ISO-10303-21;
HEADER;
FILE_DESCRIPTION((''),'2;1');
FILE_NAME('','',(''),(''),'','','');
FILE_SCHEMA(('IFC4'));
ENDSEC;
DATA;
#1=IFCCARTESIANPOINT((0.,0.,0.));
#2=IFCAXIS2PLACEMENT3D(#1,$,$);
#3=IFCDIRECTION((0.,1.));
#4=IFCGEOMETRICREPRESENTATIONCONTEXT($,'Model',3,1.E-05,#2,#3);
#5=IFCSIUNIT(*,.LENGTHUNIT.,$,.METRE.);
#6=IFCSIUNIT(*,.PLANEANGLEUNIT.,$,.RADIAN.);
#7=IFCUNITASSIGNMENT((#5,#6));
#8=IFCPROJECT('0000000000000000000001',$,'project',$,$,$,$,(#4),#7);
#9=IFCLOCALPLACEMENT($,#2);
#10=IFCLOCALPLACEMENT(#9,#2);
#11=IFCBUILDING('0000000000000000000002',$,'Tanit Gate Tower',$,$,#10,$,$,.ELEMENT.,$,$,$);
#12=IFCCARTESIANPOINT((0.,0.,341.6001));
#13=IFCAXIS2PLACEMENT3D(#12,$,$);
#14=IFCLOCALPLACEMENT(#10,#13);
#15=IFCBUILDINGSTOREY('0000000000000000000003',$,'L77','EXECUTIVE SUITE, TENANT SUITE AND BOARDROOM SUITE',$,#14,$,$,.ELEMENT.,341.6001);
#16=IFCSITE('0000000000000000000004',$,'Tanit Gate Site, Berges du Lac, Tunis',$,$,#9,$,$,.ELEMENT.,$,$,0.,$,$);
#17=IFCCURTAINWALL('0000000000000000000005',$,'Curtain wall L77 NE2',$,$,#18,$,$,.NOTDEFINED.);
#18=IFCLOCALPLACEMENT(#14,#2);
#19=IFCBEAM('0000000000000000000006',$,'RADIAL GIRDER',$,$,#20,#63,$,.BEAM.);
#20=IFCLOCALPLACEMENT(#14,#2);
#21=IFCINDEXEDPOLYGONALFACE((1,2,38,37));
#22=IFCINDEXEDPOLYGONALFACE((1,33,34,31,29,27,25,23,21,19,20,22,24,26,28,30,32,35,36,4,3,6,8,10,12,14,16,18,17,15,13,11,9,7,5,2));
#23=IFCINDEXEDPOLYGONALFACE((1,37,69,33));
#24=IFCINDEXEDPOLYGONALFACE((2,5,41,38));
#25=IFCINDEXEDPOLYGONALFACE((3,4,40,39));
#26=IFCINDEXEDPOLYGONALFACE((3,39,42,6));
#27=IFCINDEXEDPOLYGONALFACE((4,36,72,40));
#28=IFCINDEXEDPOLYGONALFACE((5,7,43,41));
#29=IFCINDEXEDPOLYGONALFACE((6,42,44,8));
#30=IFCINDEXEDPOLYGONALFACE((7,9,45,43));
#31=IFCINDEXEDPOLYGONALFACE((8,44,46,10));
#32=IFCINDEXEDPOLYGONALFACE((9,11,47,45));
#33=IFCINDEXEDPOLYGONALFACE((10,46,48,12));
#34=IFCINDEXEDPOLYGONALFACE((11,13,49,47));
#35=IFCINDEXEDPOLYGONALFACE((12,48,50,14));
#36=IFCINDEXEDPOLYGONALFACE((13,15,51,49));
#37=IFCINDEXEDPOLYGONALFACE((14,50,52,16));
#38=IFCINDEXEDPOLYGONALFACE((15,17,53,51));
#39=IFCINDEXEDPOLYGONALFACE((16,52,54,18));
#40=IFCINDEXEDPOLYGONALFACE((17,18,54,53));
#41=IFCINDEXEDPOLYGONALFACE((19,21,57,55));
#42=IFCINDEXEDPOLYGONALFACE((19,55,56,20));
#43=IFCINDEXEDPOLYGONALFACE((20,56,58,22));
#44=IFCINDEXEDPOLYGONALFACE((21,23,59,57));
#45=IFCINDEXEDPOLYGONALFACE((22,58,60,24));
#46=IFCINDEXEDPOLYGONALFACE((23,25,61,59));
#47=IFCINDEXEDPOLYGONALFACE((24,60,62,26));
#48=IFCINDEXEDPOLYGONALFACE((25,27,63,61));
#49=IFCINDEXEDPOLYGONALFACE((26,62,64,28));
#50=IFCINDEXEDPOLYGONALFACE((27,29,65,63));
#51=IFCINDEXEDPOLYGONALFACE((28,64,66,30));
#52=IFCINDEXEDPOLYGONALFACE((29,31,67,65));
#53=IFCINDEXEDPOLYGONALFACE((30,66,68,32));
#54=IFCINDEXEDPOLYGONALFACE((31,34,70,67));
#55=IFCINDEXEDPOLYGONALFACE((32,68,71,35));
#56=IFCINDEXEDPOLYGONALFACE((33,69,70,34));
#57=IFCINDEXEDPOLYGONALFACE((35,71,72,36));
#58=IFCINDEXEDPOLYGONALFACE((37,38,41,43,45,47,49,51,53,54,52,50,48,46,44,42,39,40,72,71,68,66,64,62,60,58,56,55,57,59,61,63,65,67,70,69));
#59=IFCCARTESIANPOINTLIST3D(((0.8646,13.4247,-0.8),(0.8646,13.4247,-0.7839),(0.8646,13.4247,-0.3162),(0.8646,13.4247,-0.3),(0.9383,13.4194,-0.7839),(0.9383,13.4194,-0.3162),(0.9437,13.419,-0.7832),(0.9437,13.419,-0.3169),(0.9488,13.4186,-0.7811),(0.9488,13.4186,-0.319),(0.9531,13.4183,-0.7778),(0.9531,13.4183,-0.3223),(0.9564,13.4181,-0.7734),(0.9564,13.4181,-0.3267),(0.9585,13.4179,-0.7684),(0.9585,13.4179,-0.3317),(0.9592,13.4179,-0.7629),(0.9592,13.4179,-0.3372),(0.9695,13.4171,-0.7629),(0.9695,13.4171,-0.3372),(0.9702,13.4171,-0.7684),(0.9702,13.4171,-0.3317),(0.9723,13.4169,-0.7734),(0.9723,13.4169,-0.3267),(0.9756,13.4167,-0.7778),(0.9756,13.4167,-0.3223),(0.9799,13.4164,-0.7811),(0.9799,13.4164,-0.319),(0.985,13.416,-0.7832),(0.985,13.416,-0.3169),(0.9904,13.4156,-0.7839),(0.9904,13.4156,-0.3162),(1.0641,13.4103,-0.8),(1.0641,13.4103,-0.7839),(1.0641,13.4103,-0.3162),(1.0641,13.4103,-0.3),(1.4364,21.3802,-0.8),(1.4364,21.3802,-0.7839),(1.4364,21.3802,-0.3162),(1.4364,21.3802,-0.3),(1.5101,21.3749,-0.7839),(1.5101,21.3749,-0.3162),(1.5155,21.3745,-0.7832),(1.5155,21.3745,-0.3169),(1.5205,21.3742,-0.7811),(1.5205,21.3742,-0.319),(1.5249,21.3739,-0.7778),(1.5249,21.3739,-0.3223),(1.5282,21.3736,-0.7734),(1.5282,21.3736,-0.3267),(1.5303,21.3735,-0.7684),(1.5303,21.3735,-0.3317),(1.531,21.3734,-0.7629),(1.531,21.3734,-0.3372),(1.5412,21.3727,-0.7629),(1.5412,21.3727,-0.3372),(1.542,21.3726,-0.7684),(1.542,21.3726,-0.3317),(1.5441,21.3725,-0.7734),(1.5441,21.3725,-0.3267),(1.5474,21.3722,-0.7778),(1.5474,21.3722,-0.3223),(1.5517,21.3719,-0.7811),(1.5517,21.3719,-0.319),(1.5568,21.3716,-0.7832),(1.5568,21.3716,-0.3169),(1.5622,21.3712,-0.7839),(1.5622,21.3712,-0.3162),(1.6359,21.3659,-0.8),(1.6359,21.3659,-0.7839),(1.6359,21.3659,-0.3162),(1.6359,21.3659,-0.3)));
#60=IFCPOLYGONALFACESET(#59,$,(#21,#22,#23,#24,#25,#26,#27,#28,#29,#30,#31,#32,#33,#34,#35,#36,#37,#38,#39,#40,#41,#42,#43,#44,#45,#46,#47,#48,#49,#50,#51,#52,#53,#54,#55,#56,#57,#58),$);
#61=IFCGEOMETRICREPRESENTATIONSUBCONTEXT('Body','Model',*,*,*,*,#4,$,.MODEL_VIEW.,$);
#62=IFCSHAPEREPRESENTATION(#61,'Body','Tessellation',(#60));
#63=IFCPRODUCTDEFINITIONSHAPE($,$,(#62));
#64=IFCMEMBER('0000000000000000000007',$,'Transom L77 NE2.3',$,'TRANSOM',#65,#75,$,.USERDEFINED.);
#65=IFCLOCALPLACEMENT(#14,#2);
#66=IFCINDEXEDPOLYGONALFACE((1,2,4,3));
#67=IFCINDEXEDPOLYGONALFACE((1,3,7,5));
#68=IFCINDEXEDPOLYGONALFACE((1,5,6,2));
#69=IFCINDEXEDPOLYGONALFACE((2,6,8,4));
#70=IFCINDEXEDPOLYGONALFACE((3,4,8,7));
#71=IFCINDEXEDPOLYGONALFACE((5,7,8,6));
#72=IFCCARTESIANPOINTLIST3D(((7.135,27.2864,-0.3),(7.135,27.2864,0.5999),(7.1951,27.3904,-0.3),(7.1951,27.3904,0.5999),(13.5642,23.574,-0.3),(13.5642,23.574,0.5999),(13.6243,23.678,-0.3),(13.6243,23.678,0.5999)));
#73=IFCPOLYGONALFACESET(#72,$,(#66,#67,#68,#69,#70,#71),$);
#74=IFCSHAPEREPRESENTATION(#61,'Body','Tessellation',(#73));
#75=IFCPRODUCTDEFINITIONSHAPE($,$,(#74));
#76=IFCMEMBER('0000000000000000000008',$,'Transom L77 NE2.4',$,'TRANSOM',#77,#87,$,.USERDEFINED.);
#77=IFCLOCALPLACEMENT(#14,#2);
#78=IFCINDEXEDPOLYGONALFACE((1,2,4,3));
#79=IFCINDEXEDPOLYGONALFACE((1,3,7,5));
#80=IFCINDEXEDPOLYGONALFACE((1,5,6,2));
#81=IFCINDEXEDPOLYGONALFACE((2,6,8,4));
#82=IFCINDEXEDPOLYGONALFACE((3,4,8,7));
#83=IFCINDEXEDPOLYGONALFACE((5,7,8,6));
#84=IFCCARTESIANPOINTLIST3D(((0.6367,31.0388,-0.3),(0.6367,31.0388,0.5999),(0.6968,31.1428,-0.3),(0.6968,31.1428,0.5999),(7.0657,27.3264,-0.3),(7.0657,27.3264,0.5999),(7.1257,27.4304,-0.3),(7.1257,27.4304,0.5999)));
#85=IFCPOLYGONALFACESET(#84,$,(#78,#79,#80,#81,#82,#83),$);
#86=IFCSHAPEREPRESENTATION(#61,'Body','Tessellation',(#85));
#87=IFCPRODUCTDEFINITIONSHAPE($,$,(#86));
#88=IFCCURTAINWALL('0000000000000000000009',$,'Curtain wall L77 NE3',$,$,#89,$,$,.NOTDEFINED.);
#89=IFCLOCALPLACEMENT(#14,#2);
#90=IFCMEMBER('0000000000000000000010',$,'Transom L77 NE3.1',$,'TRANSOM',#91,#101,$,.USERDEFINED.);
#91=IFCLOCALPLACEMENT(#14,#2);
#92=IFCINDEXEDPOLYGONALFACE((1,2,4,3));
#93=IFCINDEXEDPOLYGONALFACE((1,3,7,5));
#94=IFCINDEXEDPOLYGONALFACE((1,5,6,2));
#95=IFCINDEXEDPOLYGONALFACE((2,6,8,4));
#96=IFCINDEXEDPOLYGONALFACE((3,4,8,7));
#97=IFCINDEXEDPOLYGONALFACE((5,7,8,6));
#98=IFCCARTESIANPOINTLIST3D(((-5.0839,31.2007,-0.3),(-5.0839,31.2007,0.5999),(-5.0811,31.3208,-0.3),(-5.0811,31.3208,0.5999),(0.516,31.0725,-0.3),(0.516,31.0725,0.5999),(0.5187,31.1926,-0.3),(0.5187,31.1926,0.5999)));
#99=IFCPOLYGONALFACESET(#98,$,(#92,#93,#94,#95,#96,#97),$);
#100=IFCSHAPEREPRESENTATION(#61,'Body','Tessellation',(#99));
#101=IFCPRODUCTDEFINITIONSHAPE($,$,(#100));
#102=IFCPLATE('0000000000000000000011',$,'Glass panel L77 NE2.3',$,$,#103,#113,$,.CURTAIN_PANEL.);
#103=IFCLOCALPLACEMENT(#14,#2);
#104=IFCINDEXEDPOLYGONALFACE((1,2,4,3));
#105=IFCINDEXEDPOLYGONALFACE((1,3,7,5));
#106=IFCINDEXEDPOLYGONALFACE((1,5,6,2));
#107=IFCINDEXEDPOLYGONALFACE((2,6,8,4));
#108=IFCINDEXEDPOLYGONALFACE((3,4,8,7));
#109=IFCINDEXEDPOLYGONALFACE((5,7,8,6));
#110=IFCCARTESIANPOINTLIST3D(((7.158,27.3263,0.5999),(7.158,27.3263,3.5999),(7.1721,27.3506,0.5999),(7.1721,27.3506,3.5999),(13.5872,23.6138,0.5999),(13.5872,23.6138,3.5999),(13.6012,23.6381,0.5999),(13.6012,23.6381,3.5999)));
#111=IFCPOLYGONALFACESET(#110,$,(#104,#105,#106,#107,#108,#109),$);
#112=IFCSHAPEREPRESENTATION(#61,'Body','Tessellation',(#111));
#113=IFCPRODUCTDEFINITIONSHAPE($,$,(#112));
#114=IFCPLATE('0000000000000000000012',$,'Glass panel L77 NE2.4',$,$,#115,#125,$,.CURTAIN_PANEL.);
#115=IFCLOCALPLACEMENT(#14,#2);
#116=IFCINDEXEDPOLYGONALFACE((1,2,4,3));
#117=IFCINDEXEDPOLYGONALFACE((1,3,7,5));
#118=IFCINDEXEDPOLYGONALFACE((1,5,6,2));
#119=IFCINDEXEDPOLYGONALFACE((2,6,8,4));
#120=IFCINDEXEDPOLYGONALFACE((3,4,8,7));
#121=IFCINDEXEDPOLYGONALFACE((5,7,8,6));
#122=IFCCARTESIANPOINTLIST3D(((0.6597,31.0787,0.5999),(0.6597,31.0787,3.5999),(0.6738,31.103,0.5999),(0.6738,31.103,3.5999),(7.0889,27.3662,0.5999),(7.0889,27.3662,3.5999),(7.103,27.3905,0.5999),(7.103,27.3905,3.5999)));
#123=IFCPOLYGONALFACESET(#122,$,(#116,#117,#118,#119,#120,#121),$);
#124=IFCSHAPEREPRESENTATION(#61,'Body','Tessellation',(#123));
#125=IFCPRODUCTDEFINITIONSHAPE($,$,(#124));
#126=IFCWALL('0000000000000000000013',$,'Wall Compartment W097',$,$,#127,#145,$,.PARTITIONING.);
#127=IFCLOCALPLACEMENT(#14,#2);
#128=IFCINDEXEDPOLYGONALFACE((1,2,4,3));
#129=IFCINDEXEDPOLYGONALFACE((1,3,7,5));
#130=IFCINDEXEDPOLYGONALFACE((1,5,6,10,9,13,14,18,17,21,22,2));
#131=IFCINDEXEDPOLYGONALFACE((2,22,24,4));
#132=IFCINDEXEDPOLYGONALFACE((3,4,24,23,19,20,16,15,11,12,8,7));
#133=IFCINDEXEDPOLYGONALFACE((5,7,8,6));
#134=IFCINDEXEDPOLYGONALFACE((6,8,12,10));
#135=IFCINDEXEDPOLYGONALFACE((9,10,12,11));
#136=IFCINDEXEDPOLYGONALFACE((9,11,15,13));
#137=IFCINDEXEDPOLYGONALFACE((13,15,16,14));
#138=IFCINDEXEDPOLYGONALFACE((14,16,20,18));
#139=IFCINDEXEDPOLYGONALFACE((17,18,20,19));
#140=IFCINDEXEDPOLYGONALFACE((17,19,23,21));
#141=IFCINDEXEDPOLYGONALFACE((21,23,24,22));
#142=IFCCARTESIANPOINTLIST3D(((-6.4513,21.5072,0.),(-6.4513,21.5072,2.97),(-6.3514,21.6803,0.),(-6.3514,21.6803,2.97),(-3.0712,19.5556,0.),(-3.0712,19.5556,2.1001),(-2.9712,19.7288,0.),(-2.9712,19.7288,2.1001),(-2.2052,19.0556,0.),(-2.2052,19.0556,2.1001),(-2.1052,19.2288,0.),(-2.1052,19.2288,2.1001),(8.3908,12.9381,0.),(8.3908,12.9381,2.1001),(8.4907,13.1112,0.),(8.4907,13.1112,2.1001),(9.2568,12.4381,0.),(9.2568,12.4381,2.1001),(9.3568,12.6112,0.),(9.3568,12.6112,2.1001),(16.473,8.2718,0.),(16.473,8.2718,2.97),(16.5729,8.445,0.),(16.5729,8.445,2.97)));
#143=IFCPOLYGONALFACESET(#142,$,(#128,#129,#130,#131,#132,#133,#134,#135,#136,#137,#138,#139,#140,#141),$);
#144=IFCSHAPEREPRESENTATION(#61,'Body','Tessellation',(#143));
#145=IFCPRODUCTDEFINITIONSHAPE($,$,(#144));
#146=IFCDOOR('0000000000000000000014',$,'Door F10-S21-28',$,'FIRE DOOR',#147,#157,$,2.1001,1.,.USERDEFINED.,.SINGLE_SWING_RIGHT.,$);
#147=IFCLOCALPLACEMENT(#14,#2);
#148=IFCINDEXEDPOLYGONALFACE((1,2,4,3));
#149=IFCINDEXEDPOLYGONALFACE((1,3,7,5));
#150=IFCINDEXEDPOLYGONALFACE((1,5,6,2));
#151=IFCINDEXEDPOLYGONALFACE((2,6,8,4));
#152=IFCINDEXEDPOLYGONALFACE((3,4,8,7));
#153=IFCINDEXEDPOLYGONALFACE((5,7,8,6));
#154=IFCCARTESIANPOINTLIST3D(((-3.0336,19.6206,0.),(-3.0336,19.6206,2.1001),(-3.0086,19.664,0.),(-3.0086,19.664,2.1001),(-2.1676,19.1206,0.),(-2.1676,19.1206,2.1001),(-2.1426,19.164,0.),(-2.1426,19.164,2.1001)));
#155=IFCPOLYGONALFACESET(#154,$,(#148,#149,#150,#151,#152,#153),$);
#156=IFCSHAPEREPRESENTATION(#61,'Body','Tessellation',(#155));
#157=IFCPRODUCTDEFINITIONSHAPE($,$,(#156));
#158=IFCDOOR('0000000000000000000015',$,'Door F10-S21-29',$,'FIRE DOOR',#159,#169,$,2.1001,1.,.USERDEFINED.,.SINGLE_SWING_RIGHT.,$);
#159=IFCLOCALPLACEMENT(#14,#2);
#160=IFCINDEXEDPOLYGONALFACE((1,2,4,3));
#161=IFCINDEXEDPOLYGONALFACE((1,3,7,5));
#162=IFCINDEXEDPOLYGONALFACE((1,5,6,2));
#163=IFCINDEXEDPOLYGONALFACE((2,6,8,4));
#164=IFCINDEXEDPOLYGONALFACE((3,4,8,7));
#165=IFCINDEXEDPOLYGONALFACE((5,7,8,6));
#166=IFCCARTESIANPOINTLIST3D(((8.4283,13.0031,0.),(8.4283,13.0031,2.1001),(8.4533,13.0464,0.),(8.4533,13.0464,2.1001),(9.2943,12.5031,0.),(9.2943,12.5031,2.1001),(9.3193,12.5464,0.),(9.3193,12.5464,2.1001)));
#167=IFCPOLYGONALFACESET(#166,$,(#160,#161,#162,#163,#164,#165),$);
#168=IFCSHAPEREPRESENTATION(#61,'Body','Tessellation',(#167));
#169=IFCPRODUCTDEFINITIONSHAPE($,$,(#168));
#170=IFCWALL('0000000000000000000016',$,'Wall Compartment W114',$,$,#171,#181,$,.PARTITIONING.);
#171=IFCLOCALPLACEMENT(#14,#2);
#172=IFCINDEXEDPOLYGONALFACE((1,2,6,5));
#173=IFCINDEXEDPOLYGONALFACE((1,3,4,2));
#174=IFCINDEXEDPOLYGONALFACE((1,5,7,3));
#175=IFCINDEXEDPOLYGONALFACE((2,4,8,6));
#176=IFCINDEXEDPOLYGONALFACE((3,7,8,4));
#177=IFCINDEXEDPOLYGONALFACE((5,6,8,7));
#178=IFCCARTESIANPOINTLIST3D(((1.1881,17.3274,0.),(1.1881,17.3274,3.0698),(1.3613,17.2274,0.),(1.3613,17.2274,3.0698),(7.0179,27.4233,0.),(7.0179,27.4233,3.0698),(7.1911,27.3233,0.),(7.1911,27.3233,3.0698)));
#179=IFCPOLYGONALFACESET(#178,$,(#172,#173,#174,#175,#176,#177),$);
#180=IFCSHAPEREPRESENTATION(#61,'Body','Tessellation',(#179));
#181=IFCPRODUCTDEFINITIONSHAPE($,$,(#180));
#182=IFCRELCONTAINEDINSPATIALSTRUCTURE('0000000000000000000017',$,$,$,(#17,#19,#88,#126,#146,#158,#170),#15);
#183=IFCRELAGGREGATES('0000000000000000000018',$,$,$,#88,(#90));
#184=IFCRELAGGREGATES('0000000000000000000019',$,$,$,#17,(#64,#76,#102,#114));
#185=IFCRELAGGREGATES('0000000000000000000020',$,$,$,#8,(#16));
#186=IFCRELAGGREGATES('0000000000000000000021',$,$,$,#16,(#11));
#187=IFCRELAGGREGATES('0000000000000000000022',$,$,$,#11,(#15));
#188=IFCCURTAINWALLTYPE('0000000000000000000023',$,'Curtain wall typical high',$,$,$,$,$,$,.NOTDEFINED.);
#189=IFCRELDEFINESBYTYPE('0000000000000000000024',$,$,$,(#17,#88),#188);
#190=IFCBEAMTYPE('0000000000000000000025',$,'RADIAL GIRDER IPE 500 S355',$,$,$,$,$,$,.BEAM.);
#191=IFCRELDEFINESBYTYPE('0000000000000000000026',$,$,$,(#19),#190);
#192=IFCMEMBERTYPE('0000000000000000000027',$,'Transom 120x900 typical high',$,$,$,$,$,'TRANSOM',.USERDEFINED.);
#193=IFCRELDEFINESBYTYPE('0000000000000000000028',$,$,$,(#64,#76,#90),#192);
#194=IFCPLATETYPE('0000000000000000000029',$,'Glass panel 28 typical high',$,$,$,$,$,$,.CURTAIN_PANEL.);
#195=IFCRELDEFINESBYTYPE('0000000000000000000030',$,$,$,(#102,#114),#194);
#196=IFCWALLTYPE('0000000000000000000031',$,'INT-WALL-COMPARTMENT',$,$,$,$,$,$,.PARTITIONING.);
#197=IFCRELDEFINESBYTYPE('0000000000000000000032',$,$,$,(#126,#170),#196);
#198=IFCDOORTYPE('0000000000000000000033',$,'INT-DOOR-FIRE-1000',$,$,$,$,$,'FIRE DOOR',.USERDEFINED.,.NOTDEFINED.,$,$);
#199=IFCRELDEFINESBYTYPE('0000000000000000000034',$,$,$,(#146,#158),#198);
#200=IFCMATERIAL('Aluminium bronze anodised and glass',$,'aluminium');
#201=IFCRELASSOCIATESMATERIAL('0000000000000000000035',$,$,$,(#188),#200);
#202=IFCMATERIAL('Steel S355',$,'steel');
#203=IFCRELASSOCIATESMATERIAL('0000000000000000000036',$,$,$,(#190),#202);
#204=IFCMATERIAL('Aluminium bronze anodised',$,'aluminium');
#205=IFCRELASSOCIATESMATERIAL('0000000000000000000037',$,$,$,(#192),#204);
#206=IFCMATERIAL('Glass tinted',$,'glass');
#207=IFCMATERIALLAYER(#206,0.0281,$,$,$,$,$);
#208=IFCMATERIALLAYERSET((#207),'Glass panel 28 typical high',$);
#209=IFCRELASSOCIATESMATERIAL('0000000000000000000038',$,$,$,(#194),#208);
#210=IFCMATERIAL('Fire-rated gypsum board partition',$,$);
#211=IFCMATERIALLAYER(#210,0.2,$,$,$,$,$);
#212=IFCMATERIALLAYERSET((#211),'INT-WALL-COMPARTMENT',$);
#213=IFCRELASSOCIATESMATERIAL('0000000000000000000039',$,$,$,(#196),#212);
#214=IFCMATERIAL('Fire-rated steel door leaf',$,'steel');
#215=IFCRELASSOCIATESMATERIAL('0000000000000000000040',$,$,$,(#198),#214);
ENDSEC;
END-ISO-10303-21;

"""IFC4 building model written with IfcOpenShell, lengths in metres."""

from ifc_helpers import new_model, si_unit, direction, frame, frame_2d, origin, origin_2d, place, context, subcontext, project, spatial, rectangle, i_section, extrude, material, layer, layer_set, material_profile, profile_set, type_object, element, fill, aggregate, save


model = new_model("IFC4")

# Units and contexts
model_context = context("Model", 3, precision=1e-05, world=origin(), true_north=direction((0.0, 1.0)))
body_context = subcontext(model_context, "Body", "Model", "MODEL_VIEW")
ifc_project = project(units=[si_unit("LENGTHUNIT", "METRE"), si_unit("PLANEANGLEUNIT", "RADIAN")], contexts=[model_context])

# Site, building, storey
site_placement = place(None, origin())
site = spatial("IfcSite", under=ifc_project, at=site_placement, Name="Tanit Gate Site, Berges du Lac, Tunis", CompositionType="ELEMENT", RefElevation=0.0)
building_placement = place(site_placement, origin())
building = spatial("IfcBuilding", under=site, at=building_placement, Name="Tanit Gate Tower", CompositionType="ELEMENT")
storey_placement = place(building_placement, frame((0.0, 0.0, 341.6001)))
storey = spatial("IfcBuildingStorey", under=building, at=storey_placement, Name="L77", Description="EXECUTIVE SUITE, TENANT SUITE AND BOARDROOM SUITE", CompositionType="ELEMENT", Elevation=341.6001)

# Curtain wall
ifc_material_1 = material(Name="Aluminium bronze anodised and glass", Category="aluminium")
curtain_wall_type = type_object("IfcCurtainWallType", Name="Curtain wall typical high", PredefinedType="NOTDEFINED", material=ifc_material_1)
curtain_wall_1_placement = place(storey_placement, origin())
curtain_wall_1 = element("IfcCurtainWall", 1, at=curtain_wall_1_placement, inside=storey, type_object=curtain_wall_type, Name="Curtain wall L77 NE2", PredefinedType="NOTDEFINED")

# Beam
ifc_material_2 = material(Name="Steel S355", Category="steel")
ifc_material_profile_1 = material_profile(ifc_material_2, i_section(OverallWidth=0.2, OverallDepth=0.5, WebThickness=0.0103, FlangeThickness=0.0161, FilletRadius=0.021, at=origin_2d()), Name="IPE 500")
ifc_profile_set_1 = profile_set([ifc_material_profile_1], Name="Steel S355")
beam_type = type_object("IfcBeamType", Name="RADIAL GIRDER IPE 500 S355", PredefinedType="BEAM", material=ifc_profile_set_1)
beam_placement = place(storey_placement, frame((1.5361, 21.373, -0.55), z_axis=(-0.071686, -0.997427, 0.0), x_axis=(0.997427, -0.071686, 0.0)))
element("IfcBeam", 2, at=beam_placement, inside=storey, type_object=beam_type, Name="RADIAL GIRDER", PredefinedType="BEAM", context=body_context, shape_type="SweptSolid", body=[
    extrude(i_section(OverallWidth=0.2, OverallDepth=0.5, WebThickness=0.0103, FlangeThickness=0.0161, FilletRadius=0.021, at=origin_2d()), origin(), (0.0, 0.0, 1.0), 7.9761),
])

# Members
ifc_material_3 = material(Name="Aluminium bronze anodised", Category="aluminium")
ifc_material_profile_2 = material_profile(ifc_material_3, rectangle(XDim=0.1201, YDim=0.8999, at=origin_2d()), Name="120x900 bronze transom")
ifc_profile_set_2 = profile_set([ifc_material_profile_2], Name="Aluminium bronze anodised")
member_type_1 = type_object("IfcMemberType", Name="Transom 120x900 typical high", ElementType="TRANSOM", PredefinedType="USERDEFINED", material=ifc_profile_set_2)
member_1_placement = place(storey_placement, frame((13.5942, 23.626, 0.1499), z_axis=(-0.865996, 0.500051, 0.0), x_axis=(-0.500051, -0.865996, 0.0)))
member_1 = element("IfcMember", 3, at=member_1_placement, type_object=member_type_1, Name="Transom L77 NE2.3", ObjectType="TRANSOM", PredefinedType="USERDEFINED", context=body_context, shape_type="SweptSolid", body=[
    extrude(rectangle(XDim=0.1201, YDim=0.8999, at=origin_2d()), origin(), (0.0, 0.0, 1.0), 7.4241),
])
member_2_placement = place(storey_placement, frame((7.0957, 27.3784, 0.1499), z_axis=(-0.865988, 0.500065, 0.0), x_axis=(-0.500065, -0.865988, 0.0)))
member_2 = element("IfcMember", 4, at=member_2_placement, type_object=member_type_1, Name="Transom L77 NE2.4", ObjectType="TRANSOM", PredefinedType="USERDEFINED", context=body_context, shape_type="SweptSolid", body=[
    extrude(rectangle(XDim=0.1201, YDim=0.8999, at=origin_2d()), origin(), (0.0, 0.0, 1.0), 7.4238),
])

# Curtain wall, member
curtain_wall_2_placement = place(storey_placement, origin())
curtain_wall_2 = element("IfcCurtainWall", 5, at=curtain_wall_2_placement, inside=storey, type_object=curtain_wall_type, Name="Curtain wall L77 NE3", PredefinedType="NOTDEFINED")
member_3_placement = place(storey_placement, frame((0.5173, 31.1326, 0.1499), z_axis=(-0.999738, 0.022883, 0.0), x_axis=(-0.022883, -0.999738, 0.0)))
member_3 = element("IfcMember", 6, at=member_3_placement, type_object=member_type_1, Name="Transom L77 NE3.1", ObjectType="TRANSOM", PredefinedType="USERDEFINED", context=body_context, shape_type="SweptSolid", body=[
    extrude(rectangle(XDim=0.1201, YDim=0.8999, at=origin_2d()), origin(), (0.0, 0.0, 1.0), 5.6013),
])
aggregate(curtain_wall_2, [member_3])

# Plates
ifc_material_4 = material(Name="Glass tinted", Category="glass")
ifc_layer_1 = layer(ifc_material_4, 0.0281)
ifc_layer_set_1 = layer_set([ifc_layer_1], Name="Glass panel 28 typical high")
plate_type = type_object("IfcPlateType", Name="Glass panel 28 typical high", PredefinedType="CURTAIN_PANEL", material=ifc_layer_set_1)
plate_1_placement = place(storey_placement, frame((10.3796, 25.4822, 0.5999), z_axis=(0.0, 0.0, 1.0), x_axis=(-0.865991, 0.50006, 0.0)))
plate_1 = element("IfcPlate", 7, at=plate_1_placement, type_object=plate_type, Name="Glass panel L77 NE2.3", PredefinedType="CURTAIN_PANEL", context=body_context, shape_type="SweptSolid", body=[
    extrude(rectangle(XDim=7.4241, YDim=0.0281, at=origin_2d()), origin(), (0.0, 0.0, 1.0), 3.0),
])
plate_2_placement = place(storey_placement, frame((3.8813, 29.2346, 0.5999), z_axis=(0.0, 0.0, 1.0), x_axis=(-0.865991, 0.50006, 0.0)))
plate_2 = element("IfcPlate", 8, at=plate_2_placement, type_object=plate_type, Name="Glass panel L77 NE2.4", PredefinedType="CURTAIN_PANEL", context=body_context, shape_type="SweptSolid", body=[
    extrude(rectangle(XDim=7.4241, YDim=0.0281, at=origin_2d()), origin(), (0.0, 0.0, 1.0), 3.0),
])
aggregate(curtain_wall_1, [member_1, member_2, plate_1, plate_2])

# Wall, openings, doors
ifc_material_5 = material(Name="Fire-rated gypsum board partition")
ifc_layer_2 = layer(ifc_material_5, 0.2)
ifc_layer_set_2 = layer_set([ifc_layer_2], Name="INT-WALL-COMPARTMENT")
wall_type_1 = type_object("IfcWallType", Name="INT-WALL-COMPARTMENT", PredefinedType="PARTITIONING", material=ifc_layer_set_2)
wall_1_placement = place(storey_placement, frame((16.5229, 8.3584, 0.0), z_axis=(0.0, 0.0, 1.0), x_axis=(-0.866026, 0.5, 0.0)))
wall_1 = element("IfcWall", 9, at=wall_1_placement, inside=storey, type_object=wall_type_1, Name="Wall Compartment W097", PredefinedType="PARTITIONING", context=body_context, shape_type="SweptSolid", body=[
    extrude(rectangle(XDim=26.4707, YDim=0.2, at=frame_2d((13.2354, 0.0))), origin(), (0.0, 0.0, 1.0), 2.97),
])
opening_1_placement = place(wall_1_placement, frame((21.5676, 0.0, 0.0)))
opening_1 = element("IfcOpeningElement", 10, at=opening_1_placement, cuts=wall_1, PredefinedType="OPENING", context=body_context, shape_type="SweptSolid", body=[
    extrude(rectangle(XDim=1.0, YDim=2.1001, at=frame_2d((0.5, 1.05))), frame((0.0, 0.1099, 0.0), z_axis=(0.0, -1.0, 0.0), x_axis=(1.0, 0.0, 0.0)), (0.0, 0.0, 1.0), 0.22),
])
opening_2_placement = place(wall_1_placement, frame((8.3325, 0.0, 0.0)))
opening_2 = element("IfcOpeningElement", 11, at=opening_2_placement, cuts=wall_1, PredefinedType="OPENING", context=body_context, shape_type="SweptSolid", body=[
    extrude(rectangle(XDim=1.0, YDim=2.1001, at=frame_2d((0.5, 1.05))), frame((0.0, 0.1099, 0.0), z_axis=(0.0, -1.0, 0.0), x_axis=(1.0, 0.0, 0.0)), (0.0, 0.0, 1.0), 0.22),
])
ifc_material_6 = material(Name="Fire-rated steel door leaf", Category="steel")
door_type_1 = type_object("IfcDoorType", Name="INT-DOOR-FIRE-1000", ElementType="FIRE DOOR", OperationType="NOTDEFINED", PredefinedType="USERDEFINED", material=ifc_material_6)
door_1_placement = place(opening_1_placement, origin())
door_1 = element("IfcDoor", 12, at=door_1_placement, inside=storey, type_object=door_type_1, Name="Door F10-S21-28", ObjectType="FIRE DOOR", OperationType="SINGLE_SWING_RIGHT", OverallHeight=2.1001, OverallWidth=1.0, PredefinedType="USERDEFINED", context=body_context, shape_type="SweptSolid", body=[
    extrude(rectangle(XDim=1.0, YDim=2.1001, at=frame_2d((0.5, 1.05))), frame((0.0, 0.0249, 0.0), z_axis=(0.0, -1.0, 0.0), x_axis=(1.0, 0.0, 0.0)), (0.0, 0.0, 1.0), 0.05),
])
fill(opening_1, door_1)
door_2_placement = place(opening_2_placement, origin())
door_2 = element("IfcDoor", 13, at=door_2_placement, inside=storey, type_object=door_type_1, Name="Door F10-S21-29", ObjectType="FIRE DOOR", OperationType="SINGLE_SWING_RIGHT", OverallHeight=2.1001, OverallWidth=1.0, PredefinedType="USERDEFINED", context=body_context, shape_type="SweptSolid", body=[
    extrude(rectangle(XDim=1.0, YDim=2.1001, at=frame_2d((0.5, 1.05))), frame((0.0, 0.0249, 0.0), z_axis=(0.0, -1.0, 0.0), x_axis=(1.0, 0.0, 0.0)), (0.0, 0.0, 1.0), 0.05),
])
fill(opening_2, door_2)

# Wall
wall_2_placement = place(storey_placement, frame((7.1045, 27.3733, 0.0), z_axis=(0.0, 0.0, 1.0), x_axis=(-0.50006, -0.865991, 0.0)))
element("IfcWall", 14, at=wall_2_placement, inside=storey, type_object=wall_type_1, Name="Wall Compartment W114", PredefinedType="PARTITIONING", context=body_context, shape_type="SweptSolid", body=[
    extrude(rectangle(XDim=11.6582, YDim=0.2, at=frame_2d((5.8291, 0.0))), origin(), (0.0, 0.0, 1.0), 3.0698),
])

save(model, "model.ifc")
